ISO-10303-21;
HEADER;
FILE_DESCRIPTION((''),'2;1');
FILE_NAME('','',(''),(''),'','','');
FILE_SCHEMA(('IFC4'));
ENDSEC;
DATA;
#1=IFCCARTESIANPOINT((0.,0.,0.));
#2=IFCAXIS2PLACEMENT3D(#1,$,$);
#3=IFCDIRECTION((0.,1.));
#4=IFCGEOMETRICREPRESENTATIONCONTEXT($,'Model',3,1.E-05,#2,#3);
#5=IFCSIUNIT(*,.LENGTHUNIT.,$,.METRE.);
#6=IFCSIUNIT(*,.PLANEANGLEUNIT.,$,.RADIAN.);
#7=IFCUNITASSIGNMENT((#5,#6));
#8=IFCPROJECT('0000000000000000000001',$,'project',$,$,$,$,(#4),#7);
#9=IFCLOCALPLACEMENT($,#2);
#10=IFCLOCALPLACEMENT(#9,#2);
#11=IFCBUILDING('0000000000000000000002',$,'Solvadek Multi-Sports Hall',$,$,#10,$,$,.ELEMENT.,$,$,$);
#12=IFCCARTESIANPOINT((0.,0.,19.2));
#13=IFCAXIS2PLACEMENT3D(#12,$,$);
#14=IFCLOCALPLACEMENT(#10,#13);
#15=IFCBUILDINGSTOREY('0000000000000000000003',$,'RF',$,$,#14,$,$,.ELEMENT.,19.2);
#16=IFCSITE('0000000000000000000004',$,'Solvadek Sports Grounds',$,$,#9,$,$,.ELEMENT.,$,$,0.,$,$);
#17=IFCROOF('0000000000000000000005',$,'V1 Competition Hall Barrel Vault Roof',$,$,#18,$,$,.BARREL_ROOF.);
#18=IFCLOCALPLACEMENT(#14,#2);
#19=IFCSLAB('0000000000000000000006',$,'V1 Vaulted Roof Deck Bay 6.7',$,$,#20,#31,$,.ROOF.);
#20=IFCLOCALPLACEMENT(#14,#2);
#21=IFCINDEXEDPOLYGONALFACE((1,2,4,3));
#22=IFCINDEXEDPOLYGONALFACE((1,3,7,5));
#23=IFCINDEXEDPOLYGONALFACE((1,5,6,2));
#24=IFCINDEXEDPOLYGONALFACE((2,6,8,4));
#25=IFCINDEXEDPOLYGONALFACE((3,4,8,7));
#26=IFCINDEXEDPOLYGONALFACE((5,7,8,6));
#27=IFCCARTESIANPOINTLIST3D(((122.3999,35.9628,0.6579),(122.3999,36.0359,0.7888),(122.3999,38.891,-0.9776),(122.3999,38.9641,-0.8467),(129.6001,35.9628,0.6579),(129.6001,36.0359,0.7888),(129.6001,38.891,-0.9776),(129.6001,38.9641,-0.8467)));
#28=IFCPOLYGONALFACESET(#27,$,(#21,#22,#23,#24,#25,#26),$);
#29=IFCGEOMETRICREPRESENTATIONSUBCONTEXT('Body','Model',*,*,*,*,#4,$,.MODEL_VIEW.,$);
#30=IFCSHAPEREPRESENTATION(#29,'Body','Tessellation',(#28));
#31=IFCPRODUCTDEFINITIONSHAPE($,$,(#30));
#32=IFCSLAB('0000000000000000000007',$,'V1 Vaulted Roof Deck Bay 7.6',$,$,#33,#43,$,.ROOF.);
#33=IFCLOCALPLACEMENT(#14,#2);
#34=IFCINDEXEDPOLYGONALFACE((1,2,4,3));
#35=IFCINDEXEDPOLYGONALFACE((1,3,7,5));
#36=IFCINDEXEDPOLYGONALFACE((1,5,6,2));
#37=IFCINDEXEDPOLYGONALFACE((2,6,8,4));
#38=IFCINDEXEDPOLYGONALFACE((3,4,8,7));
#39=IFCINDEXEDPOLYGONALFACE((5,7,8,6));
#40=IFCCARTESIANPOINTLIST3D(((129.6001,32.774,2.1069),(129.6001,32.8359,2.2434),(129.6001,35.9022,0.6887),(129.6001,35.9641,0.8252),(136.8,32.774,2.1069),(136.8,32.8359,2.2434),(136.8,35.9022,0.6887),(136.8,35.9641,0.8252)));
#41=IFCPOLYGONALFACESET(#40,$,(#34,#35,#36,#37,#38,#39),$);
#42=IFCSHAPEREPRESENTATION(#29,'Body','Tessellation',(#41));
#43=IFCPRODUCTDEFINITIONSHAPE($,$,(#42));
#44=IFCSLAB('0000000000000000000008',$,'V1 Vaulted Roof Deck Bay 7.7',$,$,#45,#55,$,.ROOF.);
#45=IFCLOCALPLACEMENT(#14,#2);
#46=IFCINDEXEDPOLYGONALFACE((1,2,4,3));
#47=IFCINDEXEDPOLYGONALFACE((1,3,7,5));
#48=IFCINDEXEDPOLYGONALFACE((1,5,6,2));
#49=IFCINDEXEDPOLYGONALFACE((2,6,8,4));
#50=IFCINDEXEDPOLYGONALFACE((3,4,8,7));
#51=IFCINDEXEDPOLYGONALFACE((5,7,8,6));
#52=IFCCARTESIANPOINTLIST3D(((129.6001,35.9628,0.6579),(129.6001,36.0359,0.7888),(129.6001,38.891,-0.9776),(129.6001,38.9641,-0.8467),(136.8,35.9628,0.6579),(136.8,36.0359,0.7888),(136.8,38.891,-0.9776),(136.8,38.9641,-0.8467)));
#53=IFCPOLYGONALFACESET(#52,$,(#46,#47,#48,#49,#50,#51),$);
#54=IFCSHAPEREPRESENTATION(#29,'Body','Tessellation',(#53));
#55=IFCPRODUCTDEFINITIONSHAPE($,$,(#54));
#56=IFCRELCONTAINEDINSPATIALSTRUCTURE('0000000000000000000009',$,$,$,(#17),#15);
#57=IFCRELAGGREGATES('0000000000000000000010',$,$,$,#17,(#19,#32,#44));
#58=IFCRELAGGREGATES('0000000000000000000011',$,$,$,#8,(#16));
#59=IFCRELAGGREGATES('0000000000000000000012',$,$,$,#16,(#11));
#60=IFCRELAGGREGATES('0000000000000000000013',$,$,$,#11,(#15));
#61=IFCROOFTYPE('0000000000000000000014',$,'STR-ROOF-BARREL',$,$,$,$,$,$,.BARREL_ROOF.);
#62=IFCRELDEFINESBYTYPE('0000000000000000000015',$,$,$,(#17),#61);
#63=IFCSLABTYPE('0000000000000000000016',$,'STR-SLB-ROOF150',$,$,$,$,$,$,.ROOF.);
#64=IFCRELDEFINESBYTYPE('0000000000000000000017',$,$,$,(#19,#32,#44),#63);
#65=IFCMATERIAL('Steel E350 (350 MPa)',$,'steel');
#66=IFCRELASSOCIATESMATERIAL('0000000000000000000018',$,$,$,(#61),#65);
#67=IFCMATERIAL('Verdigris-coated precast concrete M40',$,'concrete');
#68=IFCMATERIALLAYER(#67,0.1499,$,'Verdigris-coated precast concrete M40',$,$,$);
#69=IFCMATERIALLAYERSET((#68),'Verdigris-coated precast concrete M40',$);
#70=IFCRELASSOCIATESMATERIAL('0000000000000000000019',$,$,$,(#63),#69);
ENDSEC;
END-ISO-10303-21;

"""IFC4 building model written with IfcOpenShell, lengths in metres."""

from ifc_helpers import new_model, si_unit, direction, frame, origin, place, context, subcontext, project, spatial, polyline, outline, extrude, material, layer, layer_set, type_object, element, aggregate, save


model = new_model("IFC4")

# Units and contexts
model_context = context("Model", 3, precision=1e-05, world=origin(), true_north=direction((0.0, 1.0)))
body_context = subcontext(model_context, "Body", "Model", "MODEL_VIEW")
ifc_project = project(units=[si_unit("LENGTHUNIT", "METRE"), si_unit("PLANEANGLEUNIT", "RADIAN")], contexts=[model_context])

# Site, building, storey
site_placement = place(None, origin())
site = spatial("IfcSite", under=ifc_project, at=site_placement, Name="Solvadek Sports Grounds", CompositionType="ELEMENT", RefElevation=0.0)
building_placement = place(site_placement, origin())
building = spatial("IfcBuilding", under=site, at=building_placement, Name="Solvadek Multi-Sports Hall", CompositionType="ELEMENT")
storey_placement = place(building_placement, frame((0.0, 0.0, 19.2)))
storey = spatial("IfcBuildingStorey", under=building, at=storey_placement, Name="RF", CompositionType="ELEMENT", Elevation=19.2)

# Shared definitions
ifc_material_1 = material(Name="Steel E350 (350 MPa)", Category="steel")

# Roof, slabs
roof_type = type_object("IfcRoofType", Name="STR-ROOF-BARREL", PredefinedType="BARREL_ROOF", material=ifc_material_1)
roof_placement = place(storey_placement, origin())
roof = element("IfcRoof", 1, at=roof_placement, inside=storey, type_object=roof_type, Name="V1 Competition Hall Barrel Vault Roof", PredefinedType="BARREL_ROOF")
ifc_material_2 = material(Name="Verdigris-coated precast concrete M40", Category="concrete")
ifc_layer_1 = layer(ifc_material_2, 0.1499, Name="Verdigris-coated precast concrete M40")
ifc_layer_set_1 = layer_set([ifc_layer_1], Name="Verdigris-coated precast concrete M40")
slab_type = type_object("IfcSlabType", Name="STR-SLB-ROOF150", PredefinedType="ROOF", material=ifc_layer_set_1)
slab_1_placement = place(storey_placement, frame((122.3999, 36.0359, 0.7888), z_axis=(0.0, 0.487626, 0.873053), x_axis=(1.0, 0.0, 0.0)))
slab_1 = element("IfcSlab", 2, at=slab_1_placement, type_object=slab_type, Name="V1 Vaulted Roof Deck Bay 6.7", PredefinedType="ROOF", context=body_context, shape_type="SweptSolid", body=[
    extrude(outline(polyline([(0.0, 0.0), (7.2002, 0.0), (7.2002, 3.354), (0.0, 3.354), (0.0, 0.0)])), origin(), (0.0, 0.0, -1.0), 0.1499),
])
slab_2_placement = place(storey_placement, frame((129.6001, 32.8359, 2.2434), z_axis=(0.0, 0.412914, 0.91077), x_axis=(1.0, 0.0, 0.0)))
slab_2 = element("IfcSlab", 3, at=slab_2_placement, type_object=slab_type, Name="V1 Vaulted Roof Deck Bay 7.6", PredefinedType="ROOF", context=body_context, shape_type="SweptSolid", body=[
    extrude(outline(polyline([(0.0, 0.0), (7.2, 0.0), (7.2, 3.4346), (0.0, 3.4346), (0.0, 0.0)])), origin(), (0.0, 0.0, -1.0), 0.1499),
])
slab_3_placement = place(storey_placement, frame((129.6001, 36.0359, 0.7888), z_axis=(0.0, 0.487626, 0.873053), x_axis=(1.0, 0.0, 0.0)))
slab_3 = element("IfcSlab", 4, at=slab_3_placement, type_object=slab_type, Name="V1 Vaulted Roof Deck Bay 7.7", PredefinedType="ROOF", context=body_context, shape_type="SweptSolid", body=[
    extrude(outline(polyline([(0.0, 0.0), (7.2, 0.0), (7.2, 3.354), (0.0, 3.354), (0.0, 0.0)])), origin(), (0.0, 0.0, -1.0), 0.1499),
])
aggregate(roof, [slab_1, slab_2, slab_3])

save(model, "model.ifc")
